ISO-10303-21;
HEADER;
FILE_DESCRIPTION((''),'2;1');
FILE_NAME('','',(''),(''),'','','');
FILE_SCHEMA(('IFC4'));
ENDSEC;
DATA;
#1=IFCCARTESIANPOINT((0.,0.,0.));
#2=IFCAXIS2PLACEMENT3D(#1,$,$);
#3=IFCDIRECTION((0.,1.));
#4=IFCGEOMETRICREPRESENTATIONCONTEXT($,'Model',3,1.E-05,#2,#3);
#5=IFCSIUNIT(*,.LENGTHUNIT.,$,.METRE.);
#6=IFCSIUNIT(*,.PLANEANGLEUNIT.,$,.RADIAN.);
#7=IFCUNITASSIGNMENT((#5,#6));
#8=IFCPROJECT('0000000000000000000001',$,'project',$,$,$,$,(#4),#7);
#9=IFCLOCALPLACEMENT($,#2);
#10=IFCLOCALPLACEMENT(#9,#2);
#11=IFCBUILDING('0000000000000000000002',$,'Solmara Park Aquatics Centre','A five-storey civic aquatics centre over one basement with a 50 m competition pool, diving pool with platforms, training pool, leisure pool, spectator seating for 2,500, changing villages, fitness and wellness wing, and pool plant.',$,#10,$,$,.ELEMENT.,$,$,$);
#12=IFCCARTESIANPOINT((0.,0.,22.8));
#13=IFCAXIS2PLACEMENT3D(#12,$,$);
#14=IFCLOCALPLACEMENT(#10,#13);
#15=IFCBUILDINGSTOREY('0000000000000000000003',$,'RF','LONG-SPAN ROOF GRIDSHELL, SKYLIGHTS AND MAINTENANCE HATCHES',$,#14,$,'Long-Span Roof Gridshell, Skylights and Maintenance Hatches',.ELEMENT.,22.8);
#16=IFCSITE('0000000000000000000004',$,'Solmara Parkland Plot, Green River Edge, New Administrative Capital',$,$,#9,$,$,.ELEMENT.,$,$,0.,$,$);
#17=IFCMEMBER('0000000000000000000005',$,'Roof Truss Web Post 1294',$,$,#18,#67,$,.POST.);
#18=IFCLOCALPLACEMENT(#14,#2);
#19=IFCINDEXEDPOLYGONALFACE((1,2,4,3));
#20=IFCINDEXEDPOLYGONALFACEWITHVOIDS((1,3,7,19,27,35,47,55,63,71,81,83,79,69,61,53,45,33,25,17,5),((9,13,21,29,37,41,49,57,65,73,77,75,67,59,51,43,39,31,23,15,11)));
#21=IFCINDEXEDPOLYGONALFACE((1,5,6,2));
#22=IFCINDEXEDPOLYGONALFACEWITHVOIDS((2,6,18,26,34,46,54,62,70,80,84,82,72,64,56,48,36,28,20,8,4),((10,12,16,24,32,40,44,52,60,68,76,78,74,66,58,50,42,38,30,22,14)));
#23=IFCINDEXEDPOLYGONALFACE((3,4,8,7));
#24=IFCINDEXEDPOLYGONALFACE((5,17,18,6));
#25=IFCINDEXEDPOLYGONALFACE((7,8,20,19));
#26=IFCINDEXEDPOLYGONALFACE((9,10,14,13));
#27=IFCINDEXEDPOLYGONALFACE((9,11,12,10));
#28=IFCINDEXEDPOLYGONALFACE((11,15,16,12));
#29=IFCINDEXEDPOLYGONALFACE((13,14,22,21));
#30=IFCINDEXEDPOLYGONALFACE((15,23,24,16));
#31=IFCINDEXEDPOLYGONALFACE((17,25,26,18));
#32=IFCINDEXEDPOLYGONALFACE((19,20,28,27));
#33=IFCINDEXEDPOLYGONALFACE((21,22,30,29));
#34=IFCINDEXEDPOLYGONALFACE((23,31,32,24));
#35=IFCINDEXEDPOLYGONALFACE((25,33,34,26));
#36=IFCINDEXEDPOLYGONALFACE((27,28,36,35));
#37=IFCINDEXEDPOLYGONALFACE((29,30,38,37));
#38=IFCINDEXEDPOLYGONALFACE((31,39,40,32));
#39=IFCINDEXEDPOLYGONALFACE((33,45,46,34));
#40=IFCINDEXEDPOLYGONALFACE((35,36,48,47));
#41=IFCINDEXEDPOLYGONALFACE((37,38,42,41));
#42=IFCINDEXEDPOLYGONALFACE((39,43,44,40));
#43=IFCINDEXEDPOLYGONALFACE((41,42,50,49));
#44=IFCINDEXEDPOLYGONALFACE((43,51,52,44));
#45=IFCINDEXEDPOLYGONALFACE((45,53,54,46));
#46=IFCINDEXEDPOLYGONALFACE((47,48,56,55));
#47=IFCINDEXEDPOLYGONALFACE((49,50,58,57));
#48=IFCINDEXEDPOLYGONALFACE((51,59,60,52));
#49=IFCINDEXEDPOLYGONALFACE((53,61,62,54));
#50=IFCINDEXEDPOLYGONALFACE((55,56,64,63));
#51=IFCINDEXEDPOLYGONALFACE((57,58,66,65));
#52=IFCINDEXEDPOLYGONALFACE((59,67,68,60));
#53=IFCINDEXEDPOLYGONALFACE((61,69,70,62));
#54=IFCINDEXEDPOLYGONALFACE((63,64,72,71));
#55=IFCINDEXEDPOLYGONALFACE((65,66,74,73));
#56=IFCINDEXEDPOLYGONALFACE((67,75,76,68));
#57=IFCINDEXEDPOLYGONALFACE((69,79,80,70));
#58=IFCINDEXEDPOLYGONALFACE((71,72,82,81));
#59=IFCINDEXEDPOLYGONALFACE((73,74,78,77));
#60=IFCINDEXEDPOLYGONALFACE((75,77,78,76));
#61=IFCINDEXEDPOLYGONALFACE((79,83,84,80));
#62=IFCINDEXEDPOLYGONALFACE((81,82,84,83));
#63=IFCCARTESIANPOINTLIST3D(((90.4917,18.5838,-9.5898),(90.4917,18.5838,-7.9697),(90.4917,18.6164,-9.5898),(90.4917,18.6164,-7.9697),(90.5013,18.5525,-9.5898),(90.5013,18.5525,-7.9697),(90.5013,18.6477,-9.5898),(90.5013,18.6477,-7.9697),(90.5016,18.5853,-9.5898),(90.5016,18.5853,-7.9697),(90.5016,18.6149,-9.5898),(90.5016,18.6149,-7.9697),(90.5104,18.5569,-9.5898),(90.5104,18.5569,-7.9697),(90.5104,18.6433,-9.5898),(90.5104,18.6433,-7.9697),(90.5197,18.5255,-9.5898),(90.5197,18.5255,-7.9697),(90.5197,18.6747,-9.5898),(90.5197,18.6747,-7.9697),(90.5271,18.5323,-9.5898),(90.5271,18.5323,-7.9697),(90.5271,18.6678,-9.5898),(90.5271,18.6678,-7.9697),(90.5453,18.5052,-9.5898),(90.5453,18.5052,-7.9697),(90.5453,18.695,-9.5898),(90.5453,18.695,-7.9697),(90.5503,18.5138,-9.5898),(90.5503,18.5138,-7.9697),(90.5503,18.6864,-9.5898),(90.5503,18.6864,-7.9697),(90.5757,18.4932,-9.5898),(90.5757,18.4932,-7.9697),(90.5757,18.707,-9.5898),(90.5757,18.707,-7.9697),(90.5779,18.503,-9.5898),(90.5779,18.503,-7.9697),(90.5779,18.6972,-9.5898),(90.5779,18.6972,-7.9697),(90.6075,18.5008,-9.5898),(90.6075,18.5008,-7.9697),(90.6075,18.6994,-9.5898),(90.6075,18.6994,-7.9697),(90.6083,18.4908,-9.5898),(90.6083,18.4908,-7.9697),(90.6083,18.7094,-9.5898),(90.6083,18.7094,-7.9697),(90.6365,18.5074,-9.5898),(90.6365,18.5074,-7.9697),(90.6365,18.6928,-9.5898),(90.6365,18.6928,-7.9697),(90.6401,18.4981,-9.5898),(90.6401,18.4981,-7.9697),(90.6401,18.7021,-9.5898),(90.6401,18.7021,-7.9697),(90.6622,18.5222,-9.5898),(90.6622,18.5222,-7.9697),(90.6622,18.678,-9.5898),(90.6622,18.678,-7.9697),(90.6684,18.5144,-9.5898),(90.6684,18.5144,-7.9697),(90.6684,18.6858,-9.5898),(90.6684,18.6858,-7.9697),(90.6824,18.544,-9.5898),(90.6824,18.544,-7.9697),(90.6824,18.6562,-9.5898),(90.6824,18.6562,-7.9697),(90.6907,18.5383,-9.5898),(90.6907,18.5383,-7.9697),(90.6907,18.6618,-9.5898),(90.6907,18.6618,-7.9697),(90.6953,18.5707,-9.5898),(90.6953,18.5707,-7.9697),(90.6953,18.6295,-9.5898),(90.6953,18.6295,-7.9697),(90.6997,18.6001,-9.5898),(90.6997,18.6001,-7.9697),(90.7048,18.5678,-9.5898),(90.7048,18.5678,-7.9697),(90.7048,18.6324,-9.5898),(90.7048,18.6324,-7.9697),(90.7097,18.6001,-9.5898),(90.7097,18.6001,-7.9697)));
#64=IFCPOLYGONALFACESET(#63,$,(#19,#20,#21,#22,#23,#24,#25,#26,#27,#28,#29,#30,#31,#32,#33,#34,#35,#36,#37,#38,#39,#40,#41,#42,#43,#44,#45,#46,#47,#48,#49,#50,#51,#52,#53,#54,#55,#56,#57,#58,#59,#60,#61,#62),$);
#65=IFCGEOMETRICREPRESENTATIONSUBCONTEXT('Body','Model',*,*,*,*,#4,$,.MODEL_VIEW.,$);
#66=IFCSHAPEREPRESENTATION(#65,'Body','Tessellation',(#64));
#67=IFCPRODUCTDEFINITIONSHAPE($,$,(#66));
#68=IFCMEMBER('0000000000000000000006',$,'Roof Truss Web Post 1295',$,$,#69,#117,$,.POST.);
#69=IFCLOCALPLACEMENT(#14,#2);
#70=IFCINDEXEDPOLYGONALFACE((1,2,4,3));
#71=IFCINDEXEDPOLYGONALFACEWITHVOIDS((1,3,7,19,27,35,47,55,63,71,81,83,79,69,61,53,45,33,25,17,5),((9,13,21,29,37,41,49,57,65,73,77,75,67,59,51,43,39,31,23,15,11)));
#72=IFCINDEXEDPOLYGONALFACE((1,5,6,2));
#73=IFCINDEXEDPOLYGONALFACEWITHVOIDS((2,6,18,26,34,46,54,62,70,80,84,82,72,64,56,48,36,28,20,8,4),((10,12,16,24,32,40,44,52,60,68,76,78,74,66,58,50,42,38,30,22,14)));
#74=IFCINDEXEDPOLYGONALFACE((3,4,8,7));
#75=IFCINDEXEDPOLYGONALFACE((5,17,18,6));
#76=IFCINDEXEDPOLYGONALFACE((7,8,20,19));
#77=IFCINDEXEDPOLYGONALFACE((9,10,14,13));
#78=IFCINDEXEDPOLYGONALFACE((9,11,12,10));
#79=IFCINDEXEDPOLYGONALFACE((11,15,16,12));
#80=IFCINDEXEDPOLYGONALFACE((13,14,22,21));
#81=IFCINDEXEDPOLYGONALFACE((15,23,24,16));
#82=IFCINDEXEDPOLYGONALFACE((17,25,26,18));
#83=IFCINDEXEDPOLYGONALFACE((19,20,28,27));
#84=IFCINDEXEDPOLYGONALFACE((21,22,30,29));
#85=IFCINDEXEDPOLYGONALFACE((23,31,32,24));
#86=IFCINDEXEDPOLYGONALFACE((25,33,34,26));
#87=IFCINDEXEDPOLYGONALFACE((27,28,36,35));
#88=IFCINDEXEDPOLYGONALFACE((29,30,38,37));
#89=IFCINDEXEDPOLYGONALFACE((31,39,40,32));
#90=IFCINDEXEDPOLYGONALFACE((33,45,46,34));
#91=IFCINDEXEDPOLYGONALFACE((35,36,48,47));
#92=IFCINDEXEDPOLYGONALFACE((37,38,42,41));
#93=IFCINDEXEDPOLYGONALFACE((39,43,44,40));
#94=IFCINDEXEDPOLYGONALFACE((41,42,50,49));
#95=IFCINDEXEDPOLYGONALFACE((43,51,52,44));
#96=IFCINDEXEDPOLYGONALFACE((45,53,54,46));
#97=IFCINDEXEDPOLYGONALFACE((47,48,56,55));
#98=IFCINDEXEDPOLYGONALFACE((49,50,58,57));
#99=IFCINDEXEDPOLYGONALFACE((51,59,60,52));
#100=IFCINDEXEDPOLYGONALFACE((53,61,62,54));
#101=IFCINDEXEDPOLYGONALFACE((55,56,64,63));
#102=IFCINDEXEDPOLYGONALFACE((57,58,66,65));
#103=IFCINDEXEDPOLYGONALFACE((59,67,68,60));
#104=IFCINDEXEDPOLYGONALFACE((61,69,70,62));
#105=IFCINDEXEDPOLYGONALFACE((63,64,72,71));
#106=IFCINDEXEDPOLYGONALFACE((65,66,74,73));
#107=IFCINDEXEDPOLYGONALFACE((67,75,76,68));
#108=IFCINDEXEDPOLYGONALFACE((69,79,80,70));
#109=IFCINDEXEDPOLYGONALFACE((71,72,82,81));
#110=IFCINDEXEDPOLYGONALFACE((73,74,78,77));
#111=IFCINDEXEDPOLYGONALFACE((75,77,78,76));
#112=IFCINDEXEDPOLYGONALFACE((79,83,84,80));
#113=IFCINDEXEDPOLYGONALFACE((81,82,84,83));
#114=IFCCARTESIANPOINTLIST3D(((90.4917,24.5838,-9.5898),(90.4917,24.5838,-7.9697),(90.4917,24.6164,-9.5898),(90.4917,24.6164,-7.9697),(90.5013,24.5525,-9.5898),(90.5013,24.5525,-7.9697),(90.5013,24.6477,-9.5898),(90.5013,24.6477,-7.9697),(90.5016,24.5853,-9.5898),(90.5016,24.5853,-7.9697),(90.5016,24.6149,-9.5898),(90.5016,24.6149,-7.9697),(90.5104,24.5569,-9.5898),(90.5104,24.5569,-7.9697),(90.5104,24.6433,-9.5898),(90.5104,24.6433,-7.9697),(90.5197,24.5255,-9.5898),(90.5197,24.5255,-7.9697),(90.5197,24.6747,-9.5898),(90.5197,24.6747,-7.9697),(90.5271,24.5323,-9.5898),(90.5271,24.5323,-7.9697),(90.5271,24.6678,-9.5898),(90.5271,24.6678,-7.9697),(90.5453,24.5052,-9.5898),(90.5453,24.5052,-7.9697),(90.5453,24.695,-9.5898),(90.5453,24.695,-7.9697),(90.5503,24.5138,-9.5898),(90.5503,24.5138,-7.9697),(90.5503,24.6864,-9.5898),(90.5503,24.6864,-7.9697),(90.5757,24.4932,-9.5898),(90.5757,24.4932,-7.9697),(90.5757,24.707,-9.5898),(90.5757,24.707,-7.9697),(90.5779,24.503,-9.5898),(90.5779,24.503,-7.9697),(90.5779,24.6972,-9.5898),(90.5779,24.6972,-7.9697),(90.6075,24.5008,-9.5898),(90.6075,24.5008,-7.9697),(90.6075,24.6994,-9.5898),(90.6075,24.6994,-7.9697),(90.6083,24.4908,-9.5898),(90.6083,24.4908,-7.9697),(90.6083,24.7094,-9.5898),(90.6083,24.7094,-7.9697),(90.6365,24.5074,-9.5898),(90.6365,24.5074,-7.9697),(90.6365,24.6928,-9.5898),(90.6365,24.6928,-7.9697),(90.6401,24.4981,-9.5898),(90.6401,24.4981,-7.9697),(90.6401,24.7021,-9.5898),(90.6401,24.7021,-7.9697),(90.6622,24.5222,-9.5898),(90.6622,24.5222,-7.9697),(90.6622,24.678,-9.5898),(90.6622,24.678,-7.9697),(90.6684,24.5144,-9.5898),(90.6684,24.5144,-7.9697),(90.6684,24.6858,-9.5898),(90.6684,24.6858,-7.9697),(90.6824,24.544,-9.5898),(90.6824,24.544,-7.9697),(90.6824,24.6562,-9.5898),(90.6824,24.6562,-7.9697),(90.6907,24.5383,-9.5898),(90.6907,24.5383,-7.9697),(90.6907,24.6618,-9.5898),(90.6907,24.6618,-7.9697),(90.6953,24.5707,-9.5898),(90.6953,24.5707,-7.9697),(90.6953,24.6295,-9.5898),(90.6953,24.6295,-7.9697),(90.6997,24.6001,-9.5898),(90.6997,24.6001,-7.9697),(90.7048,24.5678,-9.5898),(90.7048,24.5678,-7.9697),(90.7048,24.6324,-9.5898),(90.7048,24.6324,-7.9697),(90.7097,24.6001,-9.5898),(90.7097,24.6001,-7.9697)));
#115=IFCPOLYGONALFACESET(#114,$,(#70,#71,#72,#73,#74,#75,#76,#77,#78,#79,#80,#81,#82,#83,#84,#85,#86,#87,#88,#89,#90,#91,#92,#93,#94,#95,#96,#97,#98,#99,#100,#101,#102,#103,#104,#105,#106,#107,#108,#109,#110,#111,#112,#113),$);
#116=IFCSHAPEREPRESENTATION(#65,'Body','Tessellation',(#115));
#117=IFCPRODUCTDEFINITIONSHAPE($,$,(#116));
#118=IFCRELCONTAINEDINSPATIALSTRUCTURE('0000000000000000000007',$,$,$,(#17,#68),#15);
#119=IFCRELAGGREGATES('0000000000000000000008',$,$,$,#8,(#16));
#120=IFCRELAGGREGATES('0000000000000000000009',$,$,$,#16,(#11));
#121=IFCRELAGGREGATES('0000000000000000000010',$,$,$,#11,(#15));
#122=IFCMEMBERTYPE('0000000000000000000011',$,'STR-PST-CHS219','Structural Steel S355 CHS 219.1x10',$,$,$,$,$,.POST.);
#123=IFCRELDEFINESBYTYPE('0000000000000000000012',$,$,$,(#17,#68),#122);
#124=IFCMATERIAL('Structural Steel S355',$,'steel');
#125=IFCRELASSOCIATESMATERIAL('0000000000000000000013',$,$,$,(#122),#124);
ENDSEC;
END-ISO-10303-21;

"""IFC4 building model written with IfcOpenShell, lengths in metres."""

from ifc_helpers import new_model, si_unit, direction, frame, origin, origin_2d, place, context, subcontext, project, spatial, hollow_circle, extrude, material, material_profile, profile_set, type_object, element, save


model = new_model("IFC4")

# Units and contexts
model_context = context("Model", 3, precision=1e-05, world=origin(), true_north=direction((0.0, 1.0)))
body_context = subcontext(model_context, "Body", "Model", "MODEL_VIEW")
ifc_project = project(units=[si_unit("LENGTHUNIT", "METRE"), si_unit("PLANEANGLEUNIT", "RADIAN")], contexts=[model_context])

# Site, building, storey
site_placement = place(None, origin())
site = spatial("IfcSite", under=ifc_project, at=site_placement, Name="Solmara Parkland Plot, Green River Edge, New Administrative Capital", CompositionType="ELEMENT", RefElevation=0.0)
building_placement = place(site_placement, origin())
building = spatial("IfcBuilding", under=site, at=building_placement, Name="Solmara Park Aquatics Centre", Description="A five-storey civic aquatics centre over one basement with a 50 m competition pool, diving pool with platforms, training pool, leisure pool, spectator seating for 2,500, changing villages, fitness and wellness wing, and pool plant.", CompositionType="ELEMENT")
storey_placement = place(building_placement, frame((0.0, 0.0, 22.8)))
storey = spatial("IfcBuildingStorey", under=building, at=storey_placement, Name="RF", Description="LONG-SPAN ROOF GRIDSHELL, SKYLIGHTS AND MAINTENANCE HATCHES", LongName="Long-Span Roof Gridshell, Skylights and Maintenance Hatches", CompositionType="ELEMENT", Elevation=22.8)

# Members
ifc_material_1 = material(Name="Structural Steel S355", Category="steel")
ifc_material_profile_1 = material_profile(ifc_material_1, hollow_circle(Radius=0.1096, WallThickness=0.01, at=origin_2d()), Name="CHS 219.1x10")
ifc_profile_set_1 = profile_set([ifc_material_profile_1], Name="Structural Steel S355")
member_type_1 = type_object("IfcMemberType", Name="STR-PST-CHS219", Description="Structural Steel S355 CHS 219.1x10", PredefinedType="POST", material=ifc_profile_set_1)
for number, where, z_axis, x_axis, name in (
    (1, (90.6001, 18.6001, -9.5898), (0.0, 0.0, 1.0), (1.0, 0.0, 0.0), "Roof Truss Web Post 1294"),
    (2, (90.6001, 24.6001, -9.5898), (0.0, 0.0, 1.0), (1.0, 0.0, 0.0), "Roof Truss Web Post 1295"),
):
    element("IfcMember", number, at=place(storey_placement, frame(where, z_axis=z_axis, x_axis=x_axis)), inside=storey, type_object=member_type_1, Name=name, PredefinedType="POST", context=body_context, shape_type="SweptSolid", body=[
        extrude(hollow_circle(Radius=0.1096, WallThickness=0.01, at=origin_2d()), origin(), (0.0, 0.0, 1.0), 1.6201),
    ])

save(model, "model.ifc")
